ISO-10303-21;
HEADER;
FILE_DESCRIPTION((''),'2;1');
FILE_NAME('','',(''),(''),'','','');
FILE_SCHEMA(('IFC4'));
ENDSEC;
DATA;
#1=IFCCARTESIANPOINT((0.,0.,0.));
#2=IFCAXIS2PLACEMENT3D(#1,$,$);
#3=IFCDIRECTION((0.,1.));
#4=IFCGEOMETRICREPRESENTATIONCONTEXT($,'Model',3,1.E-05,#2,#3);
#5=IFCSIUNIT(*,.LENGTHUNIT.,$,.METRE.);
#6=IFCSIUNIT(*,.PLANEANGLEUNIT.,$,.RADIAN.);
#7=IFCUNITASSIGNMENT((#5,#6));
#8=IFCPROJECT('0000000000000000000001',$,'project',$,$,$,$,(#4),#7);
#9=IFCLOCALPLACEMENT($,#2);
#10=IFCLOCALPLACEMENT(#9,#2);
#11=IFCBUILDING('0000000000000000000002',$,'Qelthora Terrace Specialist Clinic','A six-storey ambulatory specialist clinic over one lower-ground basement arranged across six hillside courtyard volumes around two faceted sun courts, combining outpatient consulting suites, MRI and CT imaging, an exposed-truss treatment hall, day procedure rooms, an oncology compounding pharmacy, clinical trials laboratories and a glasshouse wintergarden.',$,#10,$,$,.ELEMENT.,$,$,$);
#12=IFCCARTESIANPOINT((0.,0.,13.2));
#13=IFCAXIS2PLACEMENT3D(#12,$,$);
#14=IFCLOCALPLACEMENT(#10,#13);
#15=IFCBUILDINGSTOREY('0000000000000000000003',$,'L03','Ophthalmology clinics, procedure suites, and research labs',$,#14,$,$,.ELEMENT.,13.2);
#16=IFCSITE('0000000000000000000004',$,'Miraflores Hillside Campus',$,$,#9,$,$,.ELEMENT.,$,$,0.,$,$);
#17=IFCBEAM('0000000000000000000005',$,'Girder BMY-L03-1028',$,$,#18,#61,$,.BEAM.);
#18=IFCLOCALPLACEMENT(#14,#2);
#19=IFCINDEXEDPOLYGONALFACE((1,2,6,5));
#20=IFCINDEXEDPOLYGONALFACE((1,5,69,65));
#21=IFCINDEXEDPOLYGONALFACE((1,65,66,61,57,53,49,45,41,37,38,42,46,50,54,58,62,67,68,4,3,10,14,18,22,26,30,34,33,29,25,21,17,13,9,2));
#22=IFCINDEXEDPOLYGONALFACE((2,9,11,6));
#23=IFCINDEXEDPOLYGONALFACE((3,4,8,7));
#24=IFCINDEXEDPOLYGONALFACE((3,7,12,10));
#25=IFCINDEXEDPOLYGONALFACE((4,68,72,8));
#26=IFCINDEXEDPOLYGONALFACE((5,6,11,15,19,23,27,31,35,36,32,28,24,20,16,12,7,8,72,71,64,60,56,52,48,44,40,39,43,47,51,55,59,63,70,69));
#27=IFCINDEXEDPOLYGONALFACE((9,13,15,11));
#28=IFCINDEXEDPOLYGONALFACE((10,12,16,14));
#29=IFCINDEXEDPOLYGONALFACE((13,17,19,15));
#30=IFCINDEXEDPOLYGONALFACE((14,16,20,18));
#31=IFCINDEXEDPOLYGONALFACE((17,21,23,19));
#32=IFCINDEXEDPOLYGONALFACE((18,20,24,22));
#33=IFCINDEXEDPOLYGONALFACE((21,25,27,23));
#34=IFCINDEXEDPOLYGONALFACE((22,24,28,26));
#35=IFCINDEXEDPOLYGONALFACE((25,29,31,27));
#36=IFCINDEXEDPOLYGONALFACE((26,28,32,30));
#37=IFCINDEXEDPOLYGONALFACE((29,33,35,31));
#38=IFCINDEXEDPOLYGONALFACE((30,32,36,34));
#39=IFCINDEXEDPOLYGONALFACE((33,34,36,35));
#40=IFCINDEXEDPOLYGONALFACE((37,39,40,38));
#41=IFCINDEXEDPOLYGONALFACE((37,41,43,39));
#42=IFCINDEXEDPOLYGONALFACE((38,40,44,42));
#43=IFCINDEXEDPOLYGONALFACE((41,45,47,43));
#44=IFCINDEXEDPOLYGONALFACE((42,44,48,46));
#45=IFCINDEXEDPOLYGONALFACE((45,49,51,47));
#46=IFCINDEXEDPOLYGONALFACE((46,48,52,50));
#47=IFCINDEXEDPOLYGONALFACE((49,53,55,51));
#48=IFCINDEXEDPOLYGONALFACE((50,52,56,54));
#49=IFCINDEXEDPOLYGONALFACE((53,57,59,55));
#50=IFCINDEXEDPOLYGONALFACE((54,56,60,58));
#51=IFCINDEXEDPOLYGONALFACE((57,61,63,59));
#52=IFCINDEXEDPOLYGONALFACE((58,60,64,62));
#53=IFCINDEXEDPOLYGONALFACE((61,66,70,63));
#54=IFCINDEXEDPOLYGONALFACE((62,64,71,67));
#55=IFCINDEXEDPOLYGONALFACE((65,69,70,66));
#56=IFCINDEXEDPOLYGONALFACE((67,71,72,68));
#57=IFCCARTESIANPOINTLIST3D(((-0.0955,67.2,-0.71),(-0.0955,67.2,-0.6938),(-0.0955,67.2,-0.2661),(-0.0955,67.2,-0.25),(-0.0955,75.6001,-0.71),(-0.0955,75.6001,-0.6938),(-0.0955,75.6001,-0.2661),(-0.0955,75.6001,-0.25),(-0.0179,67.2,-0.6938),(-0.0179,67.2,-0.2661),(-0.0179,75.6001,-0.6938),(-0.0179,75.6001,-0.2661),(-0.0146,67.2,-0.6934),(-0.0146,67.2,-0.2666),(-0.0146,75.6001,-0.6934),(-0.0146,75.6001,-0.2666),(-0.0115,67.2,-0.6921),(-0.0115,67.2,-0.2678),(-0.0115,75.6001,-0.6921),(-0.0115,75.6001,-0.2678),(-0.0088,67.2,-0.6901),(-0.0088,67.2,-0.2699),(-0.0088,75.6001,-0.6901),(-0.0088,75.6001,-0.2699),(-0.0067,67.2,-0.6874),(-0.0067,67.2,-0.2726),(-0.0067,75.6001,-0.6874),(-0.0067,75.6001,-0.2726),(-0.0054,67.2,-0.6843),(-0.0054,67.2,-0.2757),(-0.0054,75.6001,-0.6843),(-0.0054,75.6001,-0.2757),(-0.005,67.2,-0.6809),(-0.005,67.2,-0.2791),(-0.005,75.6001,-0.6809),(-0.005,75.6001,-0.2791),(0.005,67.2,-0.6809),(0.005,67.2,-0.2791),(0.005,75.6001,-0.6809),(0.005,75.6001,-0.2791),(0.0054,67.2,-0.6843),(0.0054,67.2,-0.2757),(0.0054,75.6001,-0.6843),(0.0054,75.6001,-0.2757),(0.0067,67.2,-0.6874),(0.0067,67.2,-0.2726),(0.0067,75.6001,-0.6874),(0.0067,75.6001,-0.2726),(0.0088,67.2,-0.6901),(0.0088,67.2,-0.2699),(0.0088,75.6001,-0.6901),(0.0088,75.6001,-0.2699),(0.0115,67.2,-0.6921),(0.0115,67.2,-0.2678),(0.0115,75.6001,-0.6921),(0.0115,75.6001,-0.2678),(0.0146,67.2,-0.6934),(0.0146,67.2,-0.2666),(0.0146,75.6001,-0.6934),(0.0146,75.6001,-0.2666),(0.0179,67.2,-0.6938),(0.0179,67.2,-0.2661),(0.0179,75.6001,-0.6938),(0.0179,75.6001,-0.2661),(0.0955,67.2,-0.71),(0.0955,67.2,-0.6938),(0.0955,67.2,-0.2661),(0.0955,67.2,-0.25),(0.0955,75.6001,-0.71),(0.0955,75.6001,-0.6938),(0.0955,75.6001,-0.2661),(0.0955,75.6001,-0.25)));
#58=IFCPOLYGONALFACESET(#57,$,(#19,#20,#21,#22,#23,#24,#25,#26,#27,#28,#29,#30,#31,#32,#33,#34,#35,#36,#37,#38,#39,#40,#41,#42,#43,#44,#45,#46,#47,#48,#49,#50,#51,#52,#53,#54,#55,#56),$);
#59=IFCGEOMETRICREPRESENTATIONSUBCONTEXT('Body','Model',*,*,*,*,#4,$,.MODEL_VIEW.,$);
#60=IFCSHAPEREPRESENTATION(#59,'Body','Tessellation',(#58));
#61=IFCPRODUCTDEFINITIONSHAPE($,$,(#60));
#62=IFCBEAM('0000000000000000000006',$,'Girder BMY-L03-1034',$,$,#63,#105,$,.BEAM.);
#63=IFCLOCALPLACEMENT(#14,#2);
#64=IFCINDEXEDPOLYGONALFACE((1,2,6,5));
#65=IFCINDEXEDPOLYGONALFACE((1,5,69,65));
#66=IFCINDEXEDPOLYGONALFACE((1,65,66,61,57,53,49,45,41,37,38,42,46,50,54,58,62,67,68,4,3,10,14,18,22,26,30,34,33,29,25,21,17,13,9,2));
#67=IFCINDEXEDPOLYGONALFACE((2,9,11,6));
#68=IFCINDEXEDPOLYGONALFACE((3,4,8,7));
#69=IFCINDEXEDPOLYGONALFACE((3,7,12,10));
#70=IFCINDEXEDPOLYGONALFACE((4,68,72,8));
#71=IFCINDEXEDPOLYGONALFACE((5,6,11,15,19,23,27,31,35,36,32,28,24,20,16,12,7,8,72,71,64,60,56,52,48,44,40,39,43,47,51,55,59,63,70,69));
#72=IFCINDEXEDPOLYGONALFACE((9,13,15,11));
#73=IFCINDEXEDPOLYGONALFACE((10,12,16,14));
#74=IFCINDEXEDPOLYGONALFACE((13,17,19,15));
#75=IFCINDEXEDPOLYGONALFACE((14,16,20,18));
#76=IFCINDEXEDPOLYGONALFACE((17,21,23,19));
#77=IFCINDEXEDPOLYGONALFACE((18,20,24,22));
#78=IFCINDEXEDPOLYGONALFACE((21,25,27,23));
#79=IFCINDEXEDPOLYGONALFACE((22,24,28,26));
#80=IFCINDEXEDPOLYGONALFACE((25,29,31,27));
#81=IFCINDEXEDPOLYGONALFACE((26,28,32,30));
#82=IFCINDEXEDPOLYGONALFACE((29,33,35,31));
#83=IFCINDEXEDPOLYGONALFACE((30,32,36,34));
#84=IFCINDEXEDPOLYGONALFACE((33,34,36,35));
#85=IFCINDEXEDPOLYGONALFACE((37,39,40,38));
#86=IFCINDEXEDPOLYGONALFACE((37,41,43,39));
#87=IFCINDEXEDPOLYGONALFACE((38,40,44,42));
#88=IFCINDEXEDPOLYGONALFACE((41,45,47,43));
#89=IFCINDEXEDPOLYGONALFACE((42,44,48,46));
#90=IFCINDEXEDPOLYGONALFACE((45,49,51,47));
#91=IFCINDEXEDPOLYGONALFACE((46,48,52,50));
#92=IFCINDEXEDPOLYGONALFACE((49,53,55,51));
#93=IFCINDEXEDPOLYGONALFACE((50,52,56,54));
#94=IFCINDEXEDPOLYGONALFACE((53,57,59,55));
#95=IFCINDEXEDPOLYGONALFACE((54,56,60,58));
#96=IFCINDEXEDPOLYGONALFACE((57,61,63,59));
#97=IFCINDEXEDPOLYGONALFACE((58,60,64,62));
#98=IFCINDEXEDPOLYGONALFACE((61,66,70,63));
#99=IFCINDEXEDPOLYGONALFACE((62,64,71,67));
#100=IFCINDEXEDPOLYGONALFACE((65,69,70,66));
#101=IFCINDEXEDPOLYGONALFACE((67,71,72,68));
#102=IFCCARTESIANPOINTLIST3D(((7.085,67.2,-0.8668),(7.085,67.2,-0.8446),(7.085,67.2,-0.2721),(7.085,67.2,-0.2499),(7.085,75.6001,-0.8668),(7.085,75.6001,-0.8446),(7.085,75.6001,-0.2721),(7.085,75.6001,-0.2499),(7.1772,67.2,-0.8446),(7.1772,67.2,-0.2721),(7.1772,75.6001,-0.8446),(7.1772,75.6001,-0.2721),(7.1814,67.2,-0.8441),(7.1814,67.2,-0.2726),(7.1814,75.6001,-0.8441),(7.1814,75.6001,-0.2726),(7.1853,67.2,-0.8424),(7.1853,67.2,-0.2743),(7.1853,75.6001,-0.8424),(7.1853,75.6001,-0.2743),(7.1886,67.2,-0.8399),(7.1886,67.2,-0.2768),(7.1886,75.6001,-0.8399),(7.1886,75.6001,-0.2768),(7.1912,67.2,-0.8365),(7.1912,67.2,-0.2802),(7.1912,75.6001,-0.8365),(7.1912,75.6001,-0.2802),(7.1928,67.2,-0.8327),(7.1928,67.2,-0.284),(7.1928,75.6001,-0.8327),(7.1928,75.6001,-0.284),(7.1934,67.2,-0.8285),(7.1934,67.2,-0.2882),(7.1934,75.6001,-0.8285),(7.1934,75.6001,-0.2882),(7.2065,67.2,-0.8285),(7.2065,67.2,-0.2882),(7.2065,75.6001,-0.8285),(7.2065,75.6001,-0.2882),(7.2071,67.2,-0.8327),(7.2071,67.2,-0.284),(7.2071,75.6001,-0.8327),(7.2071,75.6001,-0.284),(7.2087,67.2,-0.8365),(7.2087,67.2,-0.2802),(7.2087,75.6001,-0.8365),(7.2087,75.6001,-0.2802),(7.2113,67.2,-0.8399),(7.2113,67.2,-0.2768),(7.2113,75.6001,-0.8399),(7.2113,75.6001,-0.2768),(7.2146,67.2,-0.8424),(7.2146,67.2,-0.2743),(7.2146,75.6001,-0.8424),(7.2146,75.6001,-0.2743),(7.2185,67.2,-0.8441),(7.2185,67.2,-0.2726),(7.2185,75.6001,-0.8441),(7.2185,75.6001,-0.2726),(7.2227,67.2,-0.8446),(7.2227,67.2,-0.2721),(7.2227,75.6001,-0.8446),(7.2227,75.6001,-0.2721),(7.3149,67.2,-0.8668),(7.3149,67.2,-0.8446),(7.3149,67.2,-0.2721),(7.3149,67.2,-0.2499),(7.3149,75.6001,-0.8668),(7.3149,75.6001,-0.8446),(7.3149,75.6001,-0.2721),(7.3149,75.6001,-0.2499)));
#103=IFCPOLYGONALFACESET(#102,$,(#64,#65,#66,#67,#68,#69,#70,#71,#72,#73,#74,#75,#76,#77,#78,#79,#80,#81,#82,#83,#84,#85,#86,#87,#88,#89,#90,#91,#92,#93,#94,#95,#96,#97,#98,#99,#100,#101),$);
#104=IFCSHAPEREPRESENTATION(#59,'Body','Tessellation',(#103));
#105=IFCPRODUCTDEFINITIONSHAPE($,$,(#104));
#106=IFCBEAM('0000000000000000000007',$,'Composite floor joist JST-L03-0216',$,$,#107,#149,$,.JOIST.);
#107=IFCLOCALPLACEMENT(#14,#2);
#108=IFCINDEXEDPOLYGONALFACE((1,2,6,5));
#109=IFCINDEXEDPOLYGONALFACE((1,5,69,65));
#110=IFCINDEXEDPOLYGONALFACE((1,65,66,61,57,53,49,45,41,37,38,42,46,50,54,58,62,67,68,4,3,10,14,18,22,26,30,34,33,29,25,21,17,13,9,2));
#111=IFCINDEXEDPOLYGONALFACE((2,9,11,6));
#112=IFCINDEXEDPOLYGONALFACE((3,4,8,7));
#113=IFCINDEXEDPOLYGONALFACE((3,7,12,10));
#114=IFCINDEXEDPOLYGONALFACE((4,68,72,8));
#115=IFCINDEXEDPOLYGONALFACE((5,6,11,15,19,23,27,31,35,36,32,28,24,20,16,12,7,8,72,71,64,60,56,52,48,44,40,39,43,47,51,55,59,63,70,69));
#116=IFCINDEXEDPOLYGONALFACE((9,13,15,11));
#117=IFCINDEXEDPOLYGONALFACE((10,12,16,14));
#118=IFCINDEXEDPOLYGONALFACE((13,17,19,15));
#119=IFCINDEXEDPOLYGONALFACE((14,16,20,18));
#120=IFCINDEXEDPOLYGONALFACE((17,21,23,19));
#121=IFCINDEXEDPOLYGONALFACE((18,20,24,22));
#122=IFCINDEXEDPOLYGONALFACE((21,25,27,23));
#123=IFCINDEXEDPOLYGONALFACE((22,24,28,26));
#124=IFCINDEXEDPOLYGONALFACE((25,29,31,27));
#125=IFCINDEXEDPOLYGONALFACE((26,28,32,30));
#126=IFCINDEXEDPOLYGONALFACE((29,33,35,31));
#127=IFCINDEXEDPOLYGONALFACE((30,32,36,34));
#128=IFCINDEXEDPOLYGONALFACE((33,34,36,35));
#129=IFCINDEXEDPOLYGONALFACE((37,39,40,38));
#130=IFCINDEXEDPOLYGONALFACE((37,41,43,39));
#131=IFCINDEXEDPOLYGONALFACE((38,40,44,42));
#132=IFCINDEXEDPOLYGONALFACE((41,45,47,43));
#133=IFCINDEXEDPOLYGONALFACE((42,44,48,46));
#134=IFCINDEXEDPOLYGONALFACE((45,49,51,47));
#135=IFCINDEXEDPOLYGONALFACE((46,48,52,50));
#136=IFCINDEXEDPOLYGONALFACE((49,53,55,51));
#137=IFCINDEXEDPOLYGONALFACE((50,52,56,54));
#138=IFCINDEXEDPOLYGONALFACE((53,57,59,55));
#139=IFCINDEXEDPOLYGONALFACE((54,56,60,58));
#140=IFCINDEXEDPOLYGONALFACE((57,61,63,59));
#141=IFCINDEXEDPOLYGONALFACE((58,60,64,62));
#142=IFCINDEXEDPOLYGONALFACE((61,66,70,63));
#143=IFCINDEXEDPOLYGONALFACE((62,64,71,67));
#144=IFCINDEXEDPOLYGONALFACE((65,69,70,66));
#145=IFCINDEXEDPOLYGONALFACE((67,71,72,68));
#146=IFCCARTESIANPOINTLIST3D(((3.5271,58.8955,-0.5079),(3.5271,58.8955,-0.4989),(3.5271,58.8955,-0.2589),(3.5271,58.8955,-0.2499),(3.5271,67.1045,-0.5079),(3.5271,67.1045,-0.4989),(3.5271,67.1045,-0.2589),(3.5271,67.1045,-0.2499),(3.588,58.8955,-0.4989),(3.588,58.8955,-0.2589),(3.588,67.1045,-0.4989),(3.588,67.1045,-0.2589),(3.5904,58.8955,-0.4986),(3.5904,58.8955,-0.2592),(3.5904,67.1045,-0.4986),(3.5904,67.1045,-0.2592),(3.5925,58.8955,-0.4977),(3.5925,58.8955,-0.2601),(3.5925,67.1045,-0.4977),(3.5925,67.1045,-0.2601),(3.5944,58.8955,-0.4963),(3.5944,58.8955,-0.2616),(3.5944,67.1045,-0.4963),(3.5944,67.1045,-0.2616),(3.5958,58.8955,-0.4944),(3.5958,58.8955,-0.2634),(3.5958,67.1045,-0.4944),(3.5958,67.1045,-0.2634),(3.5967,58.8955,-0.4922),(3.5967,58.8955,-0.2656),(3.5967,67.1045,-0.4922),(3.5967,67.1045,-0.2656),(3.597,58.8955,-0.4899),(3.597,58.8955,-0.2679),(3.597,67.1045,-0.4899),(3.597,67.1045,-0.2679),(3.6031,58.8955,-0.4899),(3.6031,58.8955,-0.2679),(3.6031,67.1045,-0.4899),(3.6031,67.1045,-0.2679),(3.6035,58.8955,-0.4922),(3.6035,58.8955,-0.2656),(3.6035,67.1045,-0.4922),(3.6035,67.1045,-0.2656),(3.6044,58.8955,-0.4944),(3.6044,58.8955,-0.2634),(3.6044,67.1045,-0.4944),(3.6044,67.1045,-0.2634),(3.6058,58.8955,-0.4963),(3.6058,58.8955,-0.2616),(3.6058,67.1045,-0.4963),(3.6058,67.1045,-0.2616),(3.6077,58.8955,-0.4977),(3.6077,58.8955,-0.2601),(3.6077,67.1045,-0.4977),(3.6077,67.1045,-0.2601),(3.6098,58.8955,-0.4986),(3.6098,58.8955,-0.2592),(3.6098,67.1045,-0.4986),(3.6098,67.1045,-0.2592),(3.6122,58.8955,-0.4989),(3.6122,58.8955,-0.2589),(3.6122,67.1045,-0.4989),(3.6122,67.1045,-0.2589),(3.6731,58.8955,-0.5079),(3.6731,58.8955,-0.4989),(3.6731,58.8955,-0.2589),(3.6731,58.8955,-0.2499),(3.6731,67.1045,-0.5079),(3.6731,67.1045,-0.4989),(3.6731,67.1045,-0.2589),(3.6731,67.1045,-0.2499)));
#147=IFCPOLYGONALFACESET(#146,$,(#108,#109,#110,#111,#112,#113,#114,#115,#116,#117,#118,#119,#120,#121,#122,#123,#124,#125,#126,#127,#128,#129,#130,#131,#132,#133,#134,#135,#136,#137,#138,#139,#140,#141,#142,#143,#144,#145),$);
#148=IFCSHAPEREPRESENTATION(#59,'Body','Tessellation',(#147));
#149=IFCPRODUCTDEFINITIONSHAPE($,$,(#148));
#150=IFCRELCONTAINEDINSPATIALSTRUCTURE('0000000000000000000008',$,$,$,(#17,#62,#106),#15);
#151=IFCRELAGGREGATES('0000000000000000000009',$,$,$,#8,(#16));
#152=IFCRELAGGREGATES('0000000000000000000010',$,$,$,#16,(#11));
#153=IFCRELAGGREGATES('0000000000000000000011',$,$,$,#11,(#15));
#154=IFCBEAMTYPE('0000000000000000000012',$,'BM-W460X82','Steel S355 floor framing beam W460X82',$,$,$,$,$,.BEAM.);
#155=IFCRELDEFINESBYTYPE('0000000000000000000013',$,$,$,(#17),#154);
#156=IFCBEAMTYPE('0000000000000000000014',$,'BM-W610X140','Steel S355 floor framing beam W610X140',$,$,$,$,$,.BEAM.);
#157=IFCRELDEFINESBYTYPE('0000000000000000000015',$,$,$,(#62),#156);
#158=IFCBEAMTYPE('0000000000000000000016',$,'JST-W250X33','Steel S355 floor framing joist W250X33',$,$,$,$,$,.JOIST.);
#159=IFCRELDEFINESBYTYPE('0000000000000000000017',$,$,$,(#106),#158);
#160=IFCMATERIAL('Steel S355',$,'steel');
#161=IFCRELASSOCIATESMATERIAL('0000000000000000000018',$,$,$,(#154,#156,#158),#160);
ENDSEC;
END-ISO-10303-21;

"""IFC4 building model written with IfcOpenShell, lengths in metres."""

from ifc_helpers import new_model, si_unit, direction, frame, origin, origin_2d, place, context, subcontext, project, spatial, i_section, extrude, material, material_profile, profile_set, type_object, element, save


model = new_model("IFC4")

# Units and contexts
model_context = context("Model", 3, precision=1e-05, world=origin(), true_north=direction((0.0, 1.0)))
body_context = subcontext(model_context, "Body", "Model", "MODEL_VIEW")
ifc_project = project(units=[si_unit("LENGTHUNIT", "METRE"), si_unit("PLANEANGLEUNIT", "RADIAN")], contexts=[model_context])

# Site, building, storey
site_placement = place(None, origin())
site = spatial("IfcSite", under=ifc_project, at=site_placement, Name="Miraflores Hillside Campus", CompositionType="ELEMENT", RefElevation=0.0)
building_placement = place(site_placement, origin())
building = spatial("IfcBuilding", under=site, at=building_placement, Name="Qelthora Terrace Specialist Clinic", Description="A six-storey ambulatory specialist clinic over one lower-ground basement arranged across six hillside courtyard volumes around two faceted sun courts, combining outpatient consulting suites, MRI and CT imaging, an exposed-truss treatment hall, day procedure rooms, an oncology compounding pharmacy, clinical trials laboratories and a glasshouse wintergarden.", CompositionType="ELEMENT")
storey_placement = place(building_placement, frame((0.0, 0.0, 13.2)))
storey = spatial("IfcBuildingStorey", under=building, at=storey_placement, Name="L03", Description="Ophthalmology clinics, procedure suites, and research labs", CompositionType="ELEMENT", Elevation=13.2)

# Shared definitions
ifc_material_1 = material(Name="Steel S355", Category="steel")

# Beams
ifc_material_profile_1 = material_profile(ifc_material_1, i_section(OverallWidth=0.1909, OverallDepth=0.46, WebThickness=0.01, FlangeThickness=0.0161, FilletRadius=0.0129, at=origin_2d()), Name="W460X82")
ifc_profile_set_1 = profile_set([ifc_material_profile_1], Name="Steel S355")
beam_type_1 = type_object("IfcBeamType", Name="BM-W460X82", Description="Steel S355 floor framing beam W460X82", PredefinedType="BEAM", material=ifc_profile_set_1)
beam_1_placement = place(storey_placement, frame((0.0, 67.2, -0.48), z_axis=(0.0, 1.0, 0.0), x_axis=(-1.0, 0.0, 0.0)))
element("IfcBeam", 1, at=beam_1_placement, inside=storey, type_object=beam_type_1, Name="Girder BMY-L03-1028", PredefinedType="BEAM", context=body_context, shape_type="SweptSolid", body=[
    extrude(i_section(OverallWidth=0.1909, OverallDepth=0.46, WebThickness=0.01, FlangeThickness=0.0161, FilletRadius=0.0129, at=origin_2d()), origin(), (0.0, 0.0, 1.0), 8.4001),
])
ifc_material_profile_2 = material_profile(ifc_material_1, i_section(OverallWidth=0.23, OverallDepth=0.6169, WebThickness=0.0132, FlangeThickness=0.0222, FilletRadius=0.0161, at=origin_2d()), Name="W610X140")
ifc_profile_set_2 = profile_set([ifc_material_profile_2], Name="Steel S355")
beam_type_2 = type_object("IfcBeamType", Name="BM-W610X140", Description="Steel S355 floor framing beam W610X140", PredefinedType="BEAM", material=ifc_profile_set_2)
beam_2_placement = place(storey_placement, frame((7.2, 67.2, -0.5583), z_axis=(0.0, 1.0, 0.0), x_axis=(-1.0, 0.0, 0.0)))
element("IfcBeam", 2, at=beam_2_placement, inside=storey, type_object=beam_type_2, Name="Girder BMY-L03-1034", PredefinedType="BEAM", context=body_context, shape_type="SweptSolid", body=[
    extrude(i_section(OverallWidth=0.23, OverallDepth=0.6169, WebThickness=0.0132, FlangeThickness=0.0222, FilletRadius=0.0161, at=origin_2d()), origin(), (0.0, 0.0, 1.0), 8.4001),
])
ifc_material_profile_3 = material_profile(ifc_material_1, i_section(OverallWidth=0.146, OverallDepth=0.2581, WebThickness=0.0061, FlangeThickness=0.009, FilletRadius=0.009, at=origin_2d()), Name="W250X33")
ifc_profile_set_3 = profile_set([ifc_material_profile_3], Name="Steel S355")
beam_type_3 = type_object("IfcBeamType", Name="JST-W250X33", Description="Steel S355 floor framing joist W250X33", PredefinedType="JOIST", material=ifc_profile_set_3)
beam_3_placement = place(storey_placement, frame((3.6001, 58.8955, -0.3789), z_axis=(0.0, 1.0, 0.0), x_axis=(-1.0, 0.0, 0.0)))
element("IfcBeam", 3, at=beam_3_placement, inside=storey, type_object=beam_type_3, Name="Composite floor joist JST-L03-0216", PredefinedType="JOIST", context=body_context, shape_type="SweptSolid", body=[
    extrude(i_section(OverallWidth=0.146, OverallDepth=0.2581, WebThickness=0.0061, FlangeThickness=0.009, FilletRadius=0.009, at=origin_2d()), origin(), (0.0, 0.0, 1.0), 8.209),
])

save(model, "model.ifc")
